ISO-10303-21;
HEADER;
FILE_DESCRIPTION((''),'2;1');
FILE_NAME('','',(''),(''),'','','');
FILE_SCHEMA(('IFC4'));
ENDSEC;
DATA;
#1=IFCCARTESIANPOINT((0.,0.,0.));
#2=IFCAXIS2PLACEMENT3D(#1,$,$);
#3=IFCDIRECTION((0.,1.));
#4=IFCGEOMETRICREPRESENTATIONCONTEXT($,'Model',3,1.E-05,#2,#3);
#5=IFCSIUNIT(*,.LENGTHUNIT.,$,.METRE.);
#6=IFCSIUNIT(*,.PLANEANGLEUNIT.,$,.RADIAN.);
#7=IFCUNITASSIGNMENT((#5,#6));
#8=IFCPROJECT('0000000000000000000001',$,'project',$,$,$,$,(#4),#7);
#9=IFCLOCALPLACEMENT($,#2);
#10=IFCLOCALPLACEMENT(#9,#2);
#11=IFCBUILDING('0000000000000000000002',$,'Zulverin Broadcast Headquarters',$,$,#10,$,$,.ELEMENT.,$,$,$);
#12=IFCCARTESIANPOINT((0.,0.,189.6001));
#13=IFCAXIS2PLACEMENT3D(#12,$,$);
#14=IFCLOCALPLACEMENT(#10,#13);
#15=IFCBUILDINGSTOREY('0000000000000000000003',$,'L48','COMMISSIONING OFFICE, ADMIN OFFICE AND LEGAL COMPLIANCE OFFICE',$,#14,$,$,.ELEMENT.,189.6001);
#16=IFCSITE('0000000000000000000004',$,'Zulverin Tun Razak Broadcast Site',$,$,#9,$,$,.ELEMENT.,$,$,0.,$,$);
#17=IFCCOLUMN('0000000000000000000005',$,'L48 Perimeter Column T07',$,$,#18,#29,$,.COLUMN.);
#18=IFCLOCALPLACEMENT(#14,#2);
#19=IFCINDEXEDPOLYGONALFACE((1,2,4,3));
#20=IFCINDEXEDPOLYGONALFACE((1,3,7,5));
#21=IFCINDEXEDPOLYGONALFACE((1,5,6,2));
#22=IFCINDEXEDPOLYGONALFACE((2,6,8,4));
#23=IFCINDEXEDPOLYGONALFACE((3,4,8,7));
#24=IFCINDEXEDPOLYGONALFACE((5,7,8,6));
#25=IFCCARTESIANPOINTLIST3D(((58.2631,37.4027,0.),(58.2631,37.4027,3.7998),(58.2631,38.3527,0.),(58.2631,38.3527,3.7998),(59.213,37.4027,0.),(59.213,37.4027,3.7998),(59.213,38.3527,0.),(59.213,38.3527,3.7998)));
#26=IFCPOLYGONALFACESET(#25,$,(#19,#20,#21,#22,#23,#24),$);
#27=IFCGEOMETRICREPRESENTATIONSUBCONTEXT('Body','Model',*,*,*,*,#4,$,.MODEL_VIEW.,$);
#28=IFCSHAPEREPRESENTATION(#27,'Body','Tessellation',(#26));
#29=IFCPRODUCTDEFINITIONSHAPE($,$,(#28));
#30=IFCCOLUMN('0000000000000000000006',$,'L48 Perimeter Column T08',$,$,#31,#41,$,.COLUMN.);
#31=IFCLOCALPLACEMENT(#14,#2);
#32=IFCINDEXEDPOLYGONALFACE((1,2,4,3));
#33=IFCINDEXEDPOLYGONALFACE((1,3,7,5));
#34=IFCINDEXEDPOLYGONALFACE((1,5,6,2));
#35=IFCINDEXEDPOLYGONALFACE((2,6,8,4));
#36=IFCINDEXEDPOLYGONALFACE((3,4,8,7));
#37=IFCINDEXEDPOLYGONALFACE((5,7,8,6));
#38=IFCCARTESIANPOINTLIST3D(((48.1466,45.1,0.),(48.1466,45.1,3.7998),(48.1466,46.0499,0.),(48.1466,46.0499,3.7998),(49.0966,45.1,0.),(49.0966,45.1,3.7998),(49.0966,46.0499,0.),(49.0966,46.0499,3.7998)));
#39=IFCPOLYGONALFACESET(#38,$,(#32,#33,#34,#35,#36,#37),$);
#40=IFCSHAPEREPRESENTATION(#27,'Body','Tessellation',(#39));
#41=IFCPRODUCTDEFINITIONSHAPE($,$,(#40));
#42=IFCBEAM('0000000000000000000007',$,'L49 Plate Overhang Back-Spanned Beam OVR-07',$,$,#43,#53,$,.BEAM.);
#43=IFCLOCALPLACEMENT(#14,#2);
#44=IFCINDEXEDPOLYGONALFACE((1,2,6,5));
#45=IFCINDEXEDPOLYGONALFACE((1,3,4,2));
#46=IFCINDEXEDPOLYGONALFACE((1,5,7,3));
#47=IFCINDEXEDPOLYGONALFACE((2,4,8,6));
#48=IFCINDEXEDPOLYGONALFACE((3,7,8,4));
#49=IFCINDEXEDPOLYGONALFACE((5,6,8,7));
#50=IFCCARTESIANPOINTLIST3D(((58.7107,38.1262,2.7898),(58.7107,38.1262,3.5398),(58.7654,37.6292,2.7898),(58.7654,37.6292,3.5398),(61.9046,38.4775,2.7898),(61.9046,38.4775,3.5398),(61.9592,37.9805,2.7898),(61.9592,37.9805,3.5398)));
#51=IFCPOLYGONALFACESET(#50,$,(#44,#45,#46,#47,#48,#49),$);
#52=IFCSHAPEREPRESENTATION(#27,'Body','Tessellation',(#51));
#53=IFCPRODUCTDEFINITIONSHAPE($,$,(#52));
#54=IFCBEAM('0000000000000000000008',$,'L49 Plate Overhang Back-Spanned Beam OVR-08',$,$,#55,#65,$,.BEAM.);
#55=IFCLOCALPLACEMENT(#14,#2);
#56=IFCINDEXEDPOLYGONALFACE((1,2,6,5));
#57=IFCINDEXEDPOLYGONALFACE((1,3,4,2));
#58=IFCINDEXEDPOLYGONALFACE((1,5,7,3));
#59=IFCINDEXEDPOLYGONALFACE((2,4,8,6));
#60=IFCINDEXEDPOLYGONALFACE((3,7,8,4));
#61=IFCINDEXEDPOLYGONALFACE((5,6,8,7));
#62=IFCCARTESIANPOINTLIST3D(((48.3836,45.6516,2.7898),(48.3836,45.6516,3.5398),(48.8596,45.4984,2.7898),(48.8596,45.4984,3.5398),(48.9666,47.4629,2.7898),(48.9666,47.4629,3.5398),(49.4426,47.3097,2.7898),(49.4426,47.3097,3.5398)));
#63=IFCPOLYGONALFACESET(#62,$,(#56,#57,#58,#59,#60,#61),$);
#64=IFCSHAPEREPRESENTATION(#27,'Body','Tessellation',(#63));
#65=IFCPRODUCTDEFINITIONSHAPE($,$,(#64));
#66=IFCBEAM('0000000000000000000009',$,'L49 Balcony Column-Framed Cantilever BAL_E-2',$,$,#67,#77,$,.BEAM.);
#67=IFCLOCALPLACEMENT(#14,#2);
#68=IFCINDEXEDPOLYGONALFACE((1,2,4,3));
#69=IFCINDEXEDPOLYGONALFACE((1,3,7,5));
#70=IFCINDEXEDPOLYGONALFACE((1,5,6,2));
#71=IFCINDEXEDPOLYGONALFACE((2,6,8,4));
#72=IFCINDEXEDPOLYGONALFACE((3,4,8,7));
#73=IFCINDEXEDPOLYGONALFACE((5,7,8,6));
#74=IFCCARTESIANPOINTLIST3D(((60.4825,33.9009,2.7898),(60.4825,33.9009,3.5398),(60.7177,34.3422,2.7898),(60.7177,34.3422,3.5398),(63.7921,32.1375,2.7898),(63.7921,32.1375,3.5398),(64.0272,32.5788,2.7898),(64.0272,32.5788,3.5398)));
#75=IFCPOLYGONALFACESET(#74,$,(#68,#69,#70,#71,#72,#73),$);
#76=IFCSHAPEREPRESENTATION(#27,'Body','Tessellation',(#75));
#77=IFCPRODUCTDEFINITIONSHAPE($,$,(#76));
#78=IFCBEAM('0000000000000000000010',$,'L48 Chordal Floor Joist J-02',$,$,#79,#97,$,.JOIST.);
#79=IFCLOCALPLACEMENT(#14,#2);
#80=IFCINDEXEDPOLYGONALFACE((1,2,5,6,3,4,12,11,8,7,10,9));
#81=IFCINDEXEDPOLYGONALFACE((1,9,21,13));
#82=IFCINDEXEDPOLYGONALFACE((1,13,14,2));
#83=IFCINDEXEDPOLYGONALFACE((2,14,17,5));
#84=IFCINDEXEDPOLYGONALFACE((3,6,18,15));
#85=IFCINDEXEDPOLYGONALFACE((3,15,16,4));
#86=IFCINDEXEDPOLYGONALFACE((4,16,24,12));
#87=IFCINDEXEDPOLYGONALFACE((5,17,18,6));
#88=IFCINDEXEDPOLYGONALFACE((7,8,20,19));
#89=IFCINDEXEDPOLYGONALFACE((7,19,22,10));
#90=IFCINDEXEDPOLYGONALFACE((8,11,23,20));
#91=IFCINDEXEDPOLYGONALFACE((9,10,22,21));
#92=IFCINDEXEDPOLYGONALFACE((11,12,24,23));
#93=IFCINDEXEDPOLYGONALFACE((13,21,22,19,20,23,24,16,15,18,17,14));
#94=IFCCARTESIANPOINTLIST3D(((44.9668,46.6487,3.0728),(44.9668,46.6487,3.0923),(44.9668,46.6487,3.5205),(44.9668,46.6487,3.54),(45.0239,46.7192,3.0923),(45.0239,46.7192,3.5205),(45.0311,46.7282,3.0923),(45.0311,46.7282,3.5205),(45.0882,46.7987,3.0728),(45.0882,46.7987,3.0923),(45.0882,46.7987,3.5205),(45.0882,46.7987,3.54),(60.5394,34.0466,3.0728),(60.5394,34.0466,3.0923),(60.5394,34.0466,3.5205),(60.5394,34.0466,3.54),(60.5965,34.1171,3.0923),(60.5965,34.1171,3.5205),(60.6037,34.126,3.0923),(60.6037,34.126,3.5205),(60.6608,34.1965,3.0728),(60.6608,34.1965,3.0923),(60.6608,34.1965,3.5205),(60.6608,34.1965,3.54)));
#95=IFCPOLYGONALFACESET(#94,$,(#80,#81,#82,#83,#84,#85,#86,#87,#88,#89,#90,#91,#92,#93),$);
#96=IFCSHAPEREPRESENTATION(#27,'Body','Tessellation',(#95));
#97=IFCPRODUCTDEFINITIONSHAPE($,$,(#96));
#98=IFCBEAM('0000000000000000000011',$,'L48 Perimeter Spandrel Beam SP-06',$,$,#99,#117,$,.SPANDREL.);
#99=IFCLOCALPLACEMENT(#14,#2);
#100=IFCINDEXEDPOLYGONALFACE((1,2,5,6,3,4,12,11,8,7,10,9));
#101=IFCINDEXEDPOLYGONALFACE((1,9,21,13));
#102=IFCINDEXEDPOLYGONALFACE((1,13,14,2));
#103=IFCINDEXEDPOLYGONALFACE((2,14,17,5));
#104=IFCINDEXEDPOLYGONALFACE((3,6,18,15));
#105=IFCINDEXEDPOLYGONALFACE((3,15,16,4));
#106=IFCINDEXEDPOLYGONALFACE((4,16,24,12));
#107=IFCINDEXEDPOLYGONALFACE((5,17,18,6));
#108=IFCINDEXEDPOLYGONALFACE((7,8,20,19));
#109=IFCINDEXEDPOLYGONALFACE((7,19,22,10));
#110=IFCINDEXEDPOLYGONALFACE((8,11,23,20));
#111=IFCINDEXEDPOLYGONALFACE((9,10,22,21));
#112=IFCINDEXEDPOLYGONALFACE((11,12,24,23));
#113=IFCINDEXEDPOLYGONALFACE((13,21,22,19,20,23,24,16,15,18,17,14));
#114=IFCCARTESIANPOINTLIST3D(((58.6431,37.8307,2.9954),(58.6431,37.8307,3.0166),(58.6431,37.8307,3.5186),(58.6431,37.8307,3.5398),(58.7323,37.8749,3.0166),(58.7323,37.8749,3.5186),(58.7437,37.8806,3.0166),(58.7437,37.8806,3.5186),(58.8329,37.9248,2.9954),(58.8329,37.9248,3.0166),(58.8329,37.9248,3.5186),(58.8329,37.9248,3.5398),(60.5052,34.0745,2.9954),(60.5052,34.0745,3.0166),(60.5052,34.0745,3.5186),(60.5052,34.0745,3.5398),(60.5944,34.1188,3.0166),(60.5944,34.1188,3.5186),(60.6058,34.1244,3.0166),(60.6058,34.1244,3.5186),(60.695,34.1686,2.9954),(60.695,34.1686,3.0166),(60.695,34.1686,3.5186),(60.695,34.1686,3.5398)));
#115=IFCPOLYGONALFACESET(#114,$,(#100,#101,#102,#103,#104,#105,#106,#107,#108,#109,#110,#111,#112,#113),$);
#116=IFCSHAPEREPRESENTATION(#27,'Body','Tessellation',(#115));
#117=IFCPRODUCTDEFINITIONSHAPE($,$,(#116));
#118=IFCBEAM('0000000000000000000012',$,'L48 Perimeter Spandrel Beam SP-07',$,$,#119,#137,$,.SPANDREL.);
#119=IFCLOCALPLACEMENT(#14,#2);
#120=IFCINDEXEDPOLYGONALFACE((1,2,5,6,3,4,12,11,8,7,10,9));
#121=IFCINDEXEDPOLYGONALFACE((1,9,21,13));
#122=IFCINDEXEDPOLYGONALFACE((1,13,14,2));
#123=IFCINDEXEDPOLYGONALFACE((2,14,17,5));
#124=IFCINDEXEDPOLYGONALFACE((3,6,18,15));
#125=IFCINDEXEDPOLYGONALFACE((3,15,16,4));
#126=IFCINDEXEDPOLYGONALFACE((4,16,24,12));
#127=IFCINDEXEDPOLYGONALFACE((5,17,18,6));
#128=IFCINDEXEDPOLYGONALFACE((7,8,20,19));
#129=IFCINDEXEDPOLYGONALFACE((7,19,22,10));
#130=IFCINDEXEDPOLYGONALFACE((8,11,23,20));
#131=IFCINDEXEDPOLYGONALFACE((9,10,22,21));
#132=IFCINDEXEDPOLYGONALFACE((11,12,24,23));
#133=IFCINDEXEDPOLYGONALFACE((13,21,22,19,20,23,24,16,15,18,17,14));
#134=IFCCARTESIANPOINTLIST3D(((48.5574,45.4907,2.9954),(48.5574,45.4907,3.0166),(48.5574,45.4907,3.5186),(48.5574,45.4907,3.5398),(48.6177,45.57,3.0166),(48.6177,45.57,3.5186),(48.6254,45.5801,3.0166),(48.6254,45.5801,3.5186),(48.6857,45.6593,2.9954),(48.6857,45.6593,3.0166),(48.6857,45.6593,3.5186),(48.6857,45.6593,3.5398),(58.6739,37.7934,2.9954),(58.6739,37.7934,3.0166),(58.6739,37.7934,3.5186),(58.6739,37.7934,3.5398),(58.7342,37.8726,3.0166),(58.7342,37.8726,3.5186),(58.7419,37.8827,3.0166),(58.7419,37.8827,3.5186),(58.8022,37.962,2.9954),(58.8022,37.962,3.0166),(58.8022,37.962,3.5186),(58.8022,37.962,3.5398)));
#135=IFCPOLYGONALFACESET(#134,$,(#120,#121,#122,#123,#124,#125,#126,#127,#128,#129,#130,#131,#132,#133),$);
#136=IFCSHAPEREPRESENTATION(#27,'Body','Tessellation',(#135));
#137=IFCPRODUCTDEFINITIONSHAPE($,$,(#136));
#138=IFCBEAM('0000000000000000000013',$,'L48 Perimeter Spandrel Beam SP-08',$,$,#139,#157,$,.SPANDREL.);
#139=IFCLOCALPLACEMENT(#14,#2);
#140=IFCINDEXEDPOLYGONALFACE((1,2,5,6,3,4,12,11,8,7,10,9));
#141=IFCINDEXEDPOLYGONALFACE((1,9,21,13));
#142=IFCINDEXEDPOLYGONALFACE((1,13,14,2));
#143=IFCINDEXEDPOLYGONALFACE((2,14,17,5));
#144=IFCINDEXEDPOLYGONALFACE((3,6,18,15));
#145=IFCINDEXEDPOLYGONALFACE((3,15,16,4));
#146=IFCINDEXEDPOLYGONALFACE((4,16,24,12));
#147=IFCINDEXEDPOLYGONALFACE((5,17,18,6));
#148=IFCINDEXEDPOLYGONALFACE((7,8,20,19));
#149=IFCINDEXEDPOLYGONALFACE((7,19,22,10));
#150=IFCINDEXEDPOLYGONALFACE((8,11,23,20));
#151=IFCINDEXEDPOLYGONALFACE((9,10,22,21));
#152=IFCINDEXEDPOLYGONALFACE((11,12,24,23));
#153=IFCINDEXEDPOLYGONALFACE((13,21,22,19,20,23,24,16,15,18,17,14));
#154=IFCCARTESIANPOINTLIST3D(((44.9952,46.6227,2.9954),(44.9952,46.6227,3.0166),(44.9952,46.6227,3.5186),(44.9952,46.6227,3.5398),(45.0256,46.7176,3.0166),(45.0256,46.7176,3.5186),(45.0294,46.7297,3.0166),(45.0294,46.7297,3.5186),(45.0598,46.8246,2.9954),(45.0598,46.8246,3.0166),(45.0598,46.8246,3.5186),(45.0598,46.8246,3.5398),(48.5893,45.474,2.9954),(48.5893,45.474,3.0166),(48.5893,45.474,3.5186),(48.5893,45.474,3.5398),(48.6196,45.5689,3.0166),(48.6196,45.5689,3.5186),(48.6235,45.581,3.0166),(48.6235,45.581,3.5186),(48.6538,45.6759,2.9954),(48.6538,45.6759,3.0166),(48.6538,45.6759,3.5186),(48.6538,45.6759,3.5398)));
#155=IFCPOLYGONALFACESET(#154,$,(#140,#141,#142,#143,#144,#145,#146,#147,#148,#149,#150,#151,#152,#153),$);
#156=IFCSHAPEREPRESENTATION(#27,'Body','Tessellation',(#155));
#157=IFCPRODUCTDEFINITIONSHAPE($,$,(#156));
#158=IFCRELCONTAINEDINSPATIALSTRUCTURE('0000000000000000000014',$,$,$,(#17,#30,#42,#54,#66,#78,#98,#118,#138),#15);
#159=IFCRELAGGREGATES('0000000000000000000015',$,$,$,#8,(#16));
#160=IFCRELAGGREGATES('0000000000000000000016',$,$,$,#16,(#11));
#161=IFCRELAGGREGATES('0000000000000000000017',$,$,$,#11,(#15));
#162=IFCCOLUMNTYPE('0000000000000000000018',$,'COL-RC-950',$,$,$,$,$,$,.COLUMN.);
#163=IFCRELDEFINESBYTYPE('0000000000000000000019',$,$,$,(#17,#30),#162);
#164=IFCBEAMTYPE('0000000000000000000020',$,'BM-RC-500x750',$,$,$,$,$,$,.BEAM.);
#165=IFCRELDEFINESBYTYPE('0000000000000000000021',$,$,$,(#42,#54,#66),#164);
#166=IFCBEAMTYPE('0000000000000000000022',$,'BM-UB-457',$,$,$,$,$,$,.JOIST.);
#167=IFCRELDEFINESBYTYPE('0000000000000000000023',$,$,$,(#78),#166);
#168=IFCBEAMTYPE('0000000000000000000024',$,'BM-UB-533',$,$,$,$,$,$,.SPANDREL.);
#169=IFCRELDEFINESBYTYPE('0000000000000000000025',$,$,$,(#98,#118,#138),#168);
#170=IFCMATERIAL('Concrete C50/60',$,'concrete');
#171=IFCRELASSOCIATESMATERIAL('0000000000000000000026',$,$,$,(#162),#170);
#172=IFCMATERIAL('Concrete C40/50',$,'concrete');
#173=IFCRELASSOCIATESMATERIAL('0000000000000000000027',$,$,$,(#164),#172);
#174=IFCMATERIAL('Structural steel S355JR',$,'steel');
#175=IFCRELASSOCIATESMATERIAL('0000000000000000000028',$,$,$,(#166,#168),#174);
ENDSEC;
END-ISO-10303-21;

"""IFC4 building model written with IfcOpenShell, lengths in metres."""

from ifc_helpers import new_model, si_unit, direction, frame, origin, origin_2d, place, context, subcontext, project, spatial, rectangle, i_section, extrude, material, material_profile, profile_set, type_object, element, save


model = new_model("IFC4")

# Units and contexts
model_context = context("Model", 3, precision=1e-05, world=origin(), true_north=direction((0.0, 1.0)))
body_context = subcontext(model_context, "Body", "Model", "MODEL_VIEW")
ifc_project = project(units=[si_unit("LENGTHUNIT", "METRE"), si_unit("PLANEANGLEUNIT", "RADIAN")], contexts=[model_context])

# Site, building, storey
site_placement = place(None, origin())
site = spatial("IfcSite", under=ifc_project, at=site_placement, Name="Zulverin Tun Razak Broadcast Site", CompositionType="ELEMENT", RefElevation=0.0)
building_placement = place(site_placement, origin())
building = spatial("IfcBuilding", under=site, at=building_placement, Name="Zulverin Broadcast Headquarters", CompositionType="ELEMENT")
storey_placement = place(building_placement, frame((0.0, 0.0, 189.6001)))
storey = spatial("IfcBuildingStorey", under=building, at=storey_placement, Name="L48", Description="COMMISSIONING OFFICE, ADMIN OFFICE AND LEGAL COMPLIANCE OFFICE", CompositionType="ELEMENT", Elevation=189.6001)

# Columns
ifc_material_1 = material(Name="Concrete C50/60", Category="concrete")
ifc_material_profile_1 = material_profile(ifc_material_1, rectangle(XDim=0.95, YDim=0.95, at=origin_2d()), Name="Concrete C50/60", Category="concrete")
ifc_profile_set_1 = profile_set([ifc_material_profile_1], Name="Concrete C50/60")
column_type = type_object("IfcColumnType", Name="COL-RC-950", PredefinedType="COLUMN", material=ifc_profile_set_1)
for number, where, z_axis, x_axis, name in (
    (1, (58.738, 37.8777, 0.0), (0.0, 0.0, 1.0), (1.0, 0.0, 0.0), "L48 Perimeter Column T07"),
    (2, (48.6216, 45.575, 0.0), (0.0, 0.0, 1.0), (1.0, 0.0, 0.0), "L48 Perimeter Column T08"),
):
    element("IfcColumn", number, at=place(storey_placement, frame(where, z_axis=z_axis, x_axis=x_axis)), inside=storey, type_object=column_type, Name=name, PredefinedType="COLUMN", context=body_context, shape_type="SweptSolid", body=[
        extrude(rectangle(XDim=0.95, YDim=0.95, at=origin_2d()), origin(), (0.0, 0.0, 1.0), 3.7998),
    ])

# Beams
ifc_material_2 = material(Name="Concrete C40/50", Category="concrete")
ifc_material_profile_2 = material_profile(ifc_material_2, rectangle(XDim=0.5, YDim=0.75, at=origin_2d()), Name="Concrete C40/50", Category="concrete")
ifc_profile_set_2 = profile_set([ifc_material_profile_2], Name="Concrete C40/50")
beam_type_1 = type_object("IfcBeamType", Name="BM-RC-500x750", PredefinedType="BEAM", material=ifc_profile_set_2)
beam_1_placement = place(storey_placement, frame((58.738, 37.8777, 3.1648), z_axis=(0.994005, 0.109339, 0.0), x_axis=(-0.109339, 0.994005, 0.0)))
element("IfcBeam", 3, at=beam_1_placement, inside=storey, type_object=beam_type_1, Name="L49 Plate Overhang Back-Spanned Beam OVR-07", PredefinedType="BEAM", context=body_context, shape_type="SweptSolid", body=[
    extrude(rectangle(XDim=0.5, YDim=0.75, at=origin_2d()), origin(), (0.0, 0.0, 1.0), 3.2131),
])
beam_2_placement = place(storey_placement, frame((48.6216, 45.575, 3.1648), z_axis=(0.306395, 0.951904, 0.0), x_axis=(-0.951904, 0.306395, 0.0)))
element("IfcBeam", 4, at=beam_2_placement, inside=storey, type_object=beam_type_1, Name="L49 Plate Overhang Back-Spanned Beam OVR-08", PredefinedType="BEAM", context=body_context, shape_type="SweptSolid", body=[
    extrude(rectangle(XDim=0.5, YDim=0.75, at=origin_2d()), origin(), (0.0, 0.0, 1.0), 1.9028),
])
beam_3_placement = place(storey_placement, frame((60.6001, 34.1216, 3.1648), z_axis=(0.882538, -0.47024, 0.0), x_axis=(0.47024, 0.882538, 0.0)))
element("IfcBeam", 5, at=beam_3_placement, inside=storey, type_object=beam_type_1, Name="L49 Balcony Column-Framed Cantilever BAL_E-2", PredefinedType="BEAM", context=body_context, shape_type="SweptSolid", body=[
    extrude(rectangle(XDim=0.5, YDim=0.75, at=origin_2d()), origin(), (0.0, 0.0, 1.0), 3.75),
])
ifc_material_3 = material(Name="Structural steel S355JR", Category="steel")
ifc_material_profile_3 = material_profile(ifc_material_3, i_section(OverallWidth=0.1929, OverallDepth=0.4673, WebThickness=0.0115, FlangeThickness=0.0195, at=origin_2d()), Name="Structural steel S355JR", Category="steel")
ifc_profile_set_3 = profile_set([ifc_material_profile_3], Name="Structural steel S355JR")
beam_type_2 = type_object("IfcBeamType", Name="BM-UB-457", PredefinedType="JOIST", material=ifc_profile_set_3)
beam_4_placement = place(storey_placement, frame((60.6001, 34.1216, 3.3064), z_axis=(-0.777349, 0.62907, 0.0), x_axis=(-0.62907, -0.777349, 0.0)))
element("IfcBeam", 6, at=beam_4_placement, inside=storey, type_object=beam_type_2, Name="L48 Chordal Floor Joist J-02", PredefinedType="JOIST", context=body_context, shape_type="SweptSolid", body=[
    extrude(i_section(OverallWidth=0.1929, OverallDepth=0.4673, WebThickness=0.0115, FlangeThickness=0.0195, at=origin_2d()), origin(), (0.0, 0.0, 1.0), 20.033),
])
ifc_material_profile_4 = material_profile(ifc_material_3, i_section(OverallWidth=0.2119, OverallDepth=0.5444, WebThickness=0.0127, FlangeThickness=0.0212, at=origin_2d()), Name="Structural steel S355JR", Category="steel")
ifc_profile_set_4 = profile_set([ifc_material_profile_4], Name="Structural steel S355JR")
beam_type_3 = type_object("IfcBeamType", Name="BM-UB-533", PredefinedType="SPANDREL", material=ifc_profile_set_4)
beam_5_placement = place(storey_placement, frame((60.6001, 34.1216, 3.2676), z_axis=(-0.444159, 0.895948, 0.0), x_axis=(-0.895948, -0.444159, 0.0)))
element("IfcBeam", 7, at=beam_5_placement, inside=storey, type_object=beam_type_3, Name="L48 Perimeter Spandrel Beam SP-06", PredefinedType="SPANDREL", context=body_context, shape_type="SweptSolid", body=[
    extrude(i_section(OverallWidth=0.2119, OverallDepth=0.5444, WebThickness=0.0127, FlangeThickness=0.0212, at=origin_2d()), origin(), (0.0, 0.0, 1.0), 4.1924),
])
beam_6_placement = place(storey_placement, frame((58.738, 37.8777, 3.2676), z_axis=(-0.79583, 0.60552, 0.0), x_axis=(-0.60552, -0.79583, 0.0)))
element("IfcBeam", 8, at=beam_6_placement, inside=storey, type_object=beam_type_3, Name="L48 Perimeter Spandrel Beam SP-07", PredefinedType="SPANDREL", context=body_context, shape_type="SweptSolid", body=[
    extrude(i_section(OverallWidth=0.2119, OverallDepth=0.5444, WebThickness=0.0127, FlangeThickness=0.0212, at=origin_2d()), origin(), (0.0, 0.0, 1.0), 12.7119),
])
beam_7_placement = place(storey_placement, frame((48.6216, 45.575, 3.2676), z_axis=(-0.952532, 0.30444, 0.0), x_axis=(-0.30444, -0.952532, 0.0)))
element("IfcBeam", 9, at=beam_7_placement, inside=storey, type_object=beam_type_3, Name="L48 Perimeter Spandrel Beam SP-08", PredefinedType="SPANDREL", context=body_context, shape_type="SweptSolid", body=[
    extrude(i_section(OverallWidth=0.2119, OverallDepth=0.5444, WebThickness=0.0127, FlangeThickness=0.0212, at=origin_2d()), origin(), (0.0, 0.0, 1.0), 3.7732),
])

save(model, "model.ifc")
